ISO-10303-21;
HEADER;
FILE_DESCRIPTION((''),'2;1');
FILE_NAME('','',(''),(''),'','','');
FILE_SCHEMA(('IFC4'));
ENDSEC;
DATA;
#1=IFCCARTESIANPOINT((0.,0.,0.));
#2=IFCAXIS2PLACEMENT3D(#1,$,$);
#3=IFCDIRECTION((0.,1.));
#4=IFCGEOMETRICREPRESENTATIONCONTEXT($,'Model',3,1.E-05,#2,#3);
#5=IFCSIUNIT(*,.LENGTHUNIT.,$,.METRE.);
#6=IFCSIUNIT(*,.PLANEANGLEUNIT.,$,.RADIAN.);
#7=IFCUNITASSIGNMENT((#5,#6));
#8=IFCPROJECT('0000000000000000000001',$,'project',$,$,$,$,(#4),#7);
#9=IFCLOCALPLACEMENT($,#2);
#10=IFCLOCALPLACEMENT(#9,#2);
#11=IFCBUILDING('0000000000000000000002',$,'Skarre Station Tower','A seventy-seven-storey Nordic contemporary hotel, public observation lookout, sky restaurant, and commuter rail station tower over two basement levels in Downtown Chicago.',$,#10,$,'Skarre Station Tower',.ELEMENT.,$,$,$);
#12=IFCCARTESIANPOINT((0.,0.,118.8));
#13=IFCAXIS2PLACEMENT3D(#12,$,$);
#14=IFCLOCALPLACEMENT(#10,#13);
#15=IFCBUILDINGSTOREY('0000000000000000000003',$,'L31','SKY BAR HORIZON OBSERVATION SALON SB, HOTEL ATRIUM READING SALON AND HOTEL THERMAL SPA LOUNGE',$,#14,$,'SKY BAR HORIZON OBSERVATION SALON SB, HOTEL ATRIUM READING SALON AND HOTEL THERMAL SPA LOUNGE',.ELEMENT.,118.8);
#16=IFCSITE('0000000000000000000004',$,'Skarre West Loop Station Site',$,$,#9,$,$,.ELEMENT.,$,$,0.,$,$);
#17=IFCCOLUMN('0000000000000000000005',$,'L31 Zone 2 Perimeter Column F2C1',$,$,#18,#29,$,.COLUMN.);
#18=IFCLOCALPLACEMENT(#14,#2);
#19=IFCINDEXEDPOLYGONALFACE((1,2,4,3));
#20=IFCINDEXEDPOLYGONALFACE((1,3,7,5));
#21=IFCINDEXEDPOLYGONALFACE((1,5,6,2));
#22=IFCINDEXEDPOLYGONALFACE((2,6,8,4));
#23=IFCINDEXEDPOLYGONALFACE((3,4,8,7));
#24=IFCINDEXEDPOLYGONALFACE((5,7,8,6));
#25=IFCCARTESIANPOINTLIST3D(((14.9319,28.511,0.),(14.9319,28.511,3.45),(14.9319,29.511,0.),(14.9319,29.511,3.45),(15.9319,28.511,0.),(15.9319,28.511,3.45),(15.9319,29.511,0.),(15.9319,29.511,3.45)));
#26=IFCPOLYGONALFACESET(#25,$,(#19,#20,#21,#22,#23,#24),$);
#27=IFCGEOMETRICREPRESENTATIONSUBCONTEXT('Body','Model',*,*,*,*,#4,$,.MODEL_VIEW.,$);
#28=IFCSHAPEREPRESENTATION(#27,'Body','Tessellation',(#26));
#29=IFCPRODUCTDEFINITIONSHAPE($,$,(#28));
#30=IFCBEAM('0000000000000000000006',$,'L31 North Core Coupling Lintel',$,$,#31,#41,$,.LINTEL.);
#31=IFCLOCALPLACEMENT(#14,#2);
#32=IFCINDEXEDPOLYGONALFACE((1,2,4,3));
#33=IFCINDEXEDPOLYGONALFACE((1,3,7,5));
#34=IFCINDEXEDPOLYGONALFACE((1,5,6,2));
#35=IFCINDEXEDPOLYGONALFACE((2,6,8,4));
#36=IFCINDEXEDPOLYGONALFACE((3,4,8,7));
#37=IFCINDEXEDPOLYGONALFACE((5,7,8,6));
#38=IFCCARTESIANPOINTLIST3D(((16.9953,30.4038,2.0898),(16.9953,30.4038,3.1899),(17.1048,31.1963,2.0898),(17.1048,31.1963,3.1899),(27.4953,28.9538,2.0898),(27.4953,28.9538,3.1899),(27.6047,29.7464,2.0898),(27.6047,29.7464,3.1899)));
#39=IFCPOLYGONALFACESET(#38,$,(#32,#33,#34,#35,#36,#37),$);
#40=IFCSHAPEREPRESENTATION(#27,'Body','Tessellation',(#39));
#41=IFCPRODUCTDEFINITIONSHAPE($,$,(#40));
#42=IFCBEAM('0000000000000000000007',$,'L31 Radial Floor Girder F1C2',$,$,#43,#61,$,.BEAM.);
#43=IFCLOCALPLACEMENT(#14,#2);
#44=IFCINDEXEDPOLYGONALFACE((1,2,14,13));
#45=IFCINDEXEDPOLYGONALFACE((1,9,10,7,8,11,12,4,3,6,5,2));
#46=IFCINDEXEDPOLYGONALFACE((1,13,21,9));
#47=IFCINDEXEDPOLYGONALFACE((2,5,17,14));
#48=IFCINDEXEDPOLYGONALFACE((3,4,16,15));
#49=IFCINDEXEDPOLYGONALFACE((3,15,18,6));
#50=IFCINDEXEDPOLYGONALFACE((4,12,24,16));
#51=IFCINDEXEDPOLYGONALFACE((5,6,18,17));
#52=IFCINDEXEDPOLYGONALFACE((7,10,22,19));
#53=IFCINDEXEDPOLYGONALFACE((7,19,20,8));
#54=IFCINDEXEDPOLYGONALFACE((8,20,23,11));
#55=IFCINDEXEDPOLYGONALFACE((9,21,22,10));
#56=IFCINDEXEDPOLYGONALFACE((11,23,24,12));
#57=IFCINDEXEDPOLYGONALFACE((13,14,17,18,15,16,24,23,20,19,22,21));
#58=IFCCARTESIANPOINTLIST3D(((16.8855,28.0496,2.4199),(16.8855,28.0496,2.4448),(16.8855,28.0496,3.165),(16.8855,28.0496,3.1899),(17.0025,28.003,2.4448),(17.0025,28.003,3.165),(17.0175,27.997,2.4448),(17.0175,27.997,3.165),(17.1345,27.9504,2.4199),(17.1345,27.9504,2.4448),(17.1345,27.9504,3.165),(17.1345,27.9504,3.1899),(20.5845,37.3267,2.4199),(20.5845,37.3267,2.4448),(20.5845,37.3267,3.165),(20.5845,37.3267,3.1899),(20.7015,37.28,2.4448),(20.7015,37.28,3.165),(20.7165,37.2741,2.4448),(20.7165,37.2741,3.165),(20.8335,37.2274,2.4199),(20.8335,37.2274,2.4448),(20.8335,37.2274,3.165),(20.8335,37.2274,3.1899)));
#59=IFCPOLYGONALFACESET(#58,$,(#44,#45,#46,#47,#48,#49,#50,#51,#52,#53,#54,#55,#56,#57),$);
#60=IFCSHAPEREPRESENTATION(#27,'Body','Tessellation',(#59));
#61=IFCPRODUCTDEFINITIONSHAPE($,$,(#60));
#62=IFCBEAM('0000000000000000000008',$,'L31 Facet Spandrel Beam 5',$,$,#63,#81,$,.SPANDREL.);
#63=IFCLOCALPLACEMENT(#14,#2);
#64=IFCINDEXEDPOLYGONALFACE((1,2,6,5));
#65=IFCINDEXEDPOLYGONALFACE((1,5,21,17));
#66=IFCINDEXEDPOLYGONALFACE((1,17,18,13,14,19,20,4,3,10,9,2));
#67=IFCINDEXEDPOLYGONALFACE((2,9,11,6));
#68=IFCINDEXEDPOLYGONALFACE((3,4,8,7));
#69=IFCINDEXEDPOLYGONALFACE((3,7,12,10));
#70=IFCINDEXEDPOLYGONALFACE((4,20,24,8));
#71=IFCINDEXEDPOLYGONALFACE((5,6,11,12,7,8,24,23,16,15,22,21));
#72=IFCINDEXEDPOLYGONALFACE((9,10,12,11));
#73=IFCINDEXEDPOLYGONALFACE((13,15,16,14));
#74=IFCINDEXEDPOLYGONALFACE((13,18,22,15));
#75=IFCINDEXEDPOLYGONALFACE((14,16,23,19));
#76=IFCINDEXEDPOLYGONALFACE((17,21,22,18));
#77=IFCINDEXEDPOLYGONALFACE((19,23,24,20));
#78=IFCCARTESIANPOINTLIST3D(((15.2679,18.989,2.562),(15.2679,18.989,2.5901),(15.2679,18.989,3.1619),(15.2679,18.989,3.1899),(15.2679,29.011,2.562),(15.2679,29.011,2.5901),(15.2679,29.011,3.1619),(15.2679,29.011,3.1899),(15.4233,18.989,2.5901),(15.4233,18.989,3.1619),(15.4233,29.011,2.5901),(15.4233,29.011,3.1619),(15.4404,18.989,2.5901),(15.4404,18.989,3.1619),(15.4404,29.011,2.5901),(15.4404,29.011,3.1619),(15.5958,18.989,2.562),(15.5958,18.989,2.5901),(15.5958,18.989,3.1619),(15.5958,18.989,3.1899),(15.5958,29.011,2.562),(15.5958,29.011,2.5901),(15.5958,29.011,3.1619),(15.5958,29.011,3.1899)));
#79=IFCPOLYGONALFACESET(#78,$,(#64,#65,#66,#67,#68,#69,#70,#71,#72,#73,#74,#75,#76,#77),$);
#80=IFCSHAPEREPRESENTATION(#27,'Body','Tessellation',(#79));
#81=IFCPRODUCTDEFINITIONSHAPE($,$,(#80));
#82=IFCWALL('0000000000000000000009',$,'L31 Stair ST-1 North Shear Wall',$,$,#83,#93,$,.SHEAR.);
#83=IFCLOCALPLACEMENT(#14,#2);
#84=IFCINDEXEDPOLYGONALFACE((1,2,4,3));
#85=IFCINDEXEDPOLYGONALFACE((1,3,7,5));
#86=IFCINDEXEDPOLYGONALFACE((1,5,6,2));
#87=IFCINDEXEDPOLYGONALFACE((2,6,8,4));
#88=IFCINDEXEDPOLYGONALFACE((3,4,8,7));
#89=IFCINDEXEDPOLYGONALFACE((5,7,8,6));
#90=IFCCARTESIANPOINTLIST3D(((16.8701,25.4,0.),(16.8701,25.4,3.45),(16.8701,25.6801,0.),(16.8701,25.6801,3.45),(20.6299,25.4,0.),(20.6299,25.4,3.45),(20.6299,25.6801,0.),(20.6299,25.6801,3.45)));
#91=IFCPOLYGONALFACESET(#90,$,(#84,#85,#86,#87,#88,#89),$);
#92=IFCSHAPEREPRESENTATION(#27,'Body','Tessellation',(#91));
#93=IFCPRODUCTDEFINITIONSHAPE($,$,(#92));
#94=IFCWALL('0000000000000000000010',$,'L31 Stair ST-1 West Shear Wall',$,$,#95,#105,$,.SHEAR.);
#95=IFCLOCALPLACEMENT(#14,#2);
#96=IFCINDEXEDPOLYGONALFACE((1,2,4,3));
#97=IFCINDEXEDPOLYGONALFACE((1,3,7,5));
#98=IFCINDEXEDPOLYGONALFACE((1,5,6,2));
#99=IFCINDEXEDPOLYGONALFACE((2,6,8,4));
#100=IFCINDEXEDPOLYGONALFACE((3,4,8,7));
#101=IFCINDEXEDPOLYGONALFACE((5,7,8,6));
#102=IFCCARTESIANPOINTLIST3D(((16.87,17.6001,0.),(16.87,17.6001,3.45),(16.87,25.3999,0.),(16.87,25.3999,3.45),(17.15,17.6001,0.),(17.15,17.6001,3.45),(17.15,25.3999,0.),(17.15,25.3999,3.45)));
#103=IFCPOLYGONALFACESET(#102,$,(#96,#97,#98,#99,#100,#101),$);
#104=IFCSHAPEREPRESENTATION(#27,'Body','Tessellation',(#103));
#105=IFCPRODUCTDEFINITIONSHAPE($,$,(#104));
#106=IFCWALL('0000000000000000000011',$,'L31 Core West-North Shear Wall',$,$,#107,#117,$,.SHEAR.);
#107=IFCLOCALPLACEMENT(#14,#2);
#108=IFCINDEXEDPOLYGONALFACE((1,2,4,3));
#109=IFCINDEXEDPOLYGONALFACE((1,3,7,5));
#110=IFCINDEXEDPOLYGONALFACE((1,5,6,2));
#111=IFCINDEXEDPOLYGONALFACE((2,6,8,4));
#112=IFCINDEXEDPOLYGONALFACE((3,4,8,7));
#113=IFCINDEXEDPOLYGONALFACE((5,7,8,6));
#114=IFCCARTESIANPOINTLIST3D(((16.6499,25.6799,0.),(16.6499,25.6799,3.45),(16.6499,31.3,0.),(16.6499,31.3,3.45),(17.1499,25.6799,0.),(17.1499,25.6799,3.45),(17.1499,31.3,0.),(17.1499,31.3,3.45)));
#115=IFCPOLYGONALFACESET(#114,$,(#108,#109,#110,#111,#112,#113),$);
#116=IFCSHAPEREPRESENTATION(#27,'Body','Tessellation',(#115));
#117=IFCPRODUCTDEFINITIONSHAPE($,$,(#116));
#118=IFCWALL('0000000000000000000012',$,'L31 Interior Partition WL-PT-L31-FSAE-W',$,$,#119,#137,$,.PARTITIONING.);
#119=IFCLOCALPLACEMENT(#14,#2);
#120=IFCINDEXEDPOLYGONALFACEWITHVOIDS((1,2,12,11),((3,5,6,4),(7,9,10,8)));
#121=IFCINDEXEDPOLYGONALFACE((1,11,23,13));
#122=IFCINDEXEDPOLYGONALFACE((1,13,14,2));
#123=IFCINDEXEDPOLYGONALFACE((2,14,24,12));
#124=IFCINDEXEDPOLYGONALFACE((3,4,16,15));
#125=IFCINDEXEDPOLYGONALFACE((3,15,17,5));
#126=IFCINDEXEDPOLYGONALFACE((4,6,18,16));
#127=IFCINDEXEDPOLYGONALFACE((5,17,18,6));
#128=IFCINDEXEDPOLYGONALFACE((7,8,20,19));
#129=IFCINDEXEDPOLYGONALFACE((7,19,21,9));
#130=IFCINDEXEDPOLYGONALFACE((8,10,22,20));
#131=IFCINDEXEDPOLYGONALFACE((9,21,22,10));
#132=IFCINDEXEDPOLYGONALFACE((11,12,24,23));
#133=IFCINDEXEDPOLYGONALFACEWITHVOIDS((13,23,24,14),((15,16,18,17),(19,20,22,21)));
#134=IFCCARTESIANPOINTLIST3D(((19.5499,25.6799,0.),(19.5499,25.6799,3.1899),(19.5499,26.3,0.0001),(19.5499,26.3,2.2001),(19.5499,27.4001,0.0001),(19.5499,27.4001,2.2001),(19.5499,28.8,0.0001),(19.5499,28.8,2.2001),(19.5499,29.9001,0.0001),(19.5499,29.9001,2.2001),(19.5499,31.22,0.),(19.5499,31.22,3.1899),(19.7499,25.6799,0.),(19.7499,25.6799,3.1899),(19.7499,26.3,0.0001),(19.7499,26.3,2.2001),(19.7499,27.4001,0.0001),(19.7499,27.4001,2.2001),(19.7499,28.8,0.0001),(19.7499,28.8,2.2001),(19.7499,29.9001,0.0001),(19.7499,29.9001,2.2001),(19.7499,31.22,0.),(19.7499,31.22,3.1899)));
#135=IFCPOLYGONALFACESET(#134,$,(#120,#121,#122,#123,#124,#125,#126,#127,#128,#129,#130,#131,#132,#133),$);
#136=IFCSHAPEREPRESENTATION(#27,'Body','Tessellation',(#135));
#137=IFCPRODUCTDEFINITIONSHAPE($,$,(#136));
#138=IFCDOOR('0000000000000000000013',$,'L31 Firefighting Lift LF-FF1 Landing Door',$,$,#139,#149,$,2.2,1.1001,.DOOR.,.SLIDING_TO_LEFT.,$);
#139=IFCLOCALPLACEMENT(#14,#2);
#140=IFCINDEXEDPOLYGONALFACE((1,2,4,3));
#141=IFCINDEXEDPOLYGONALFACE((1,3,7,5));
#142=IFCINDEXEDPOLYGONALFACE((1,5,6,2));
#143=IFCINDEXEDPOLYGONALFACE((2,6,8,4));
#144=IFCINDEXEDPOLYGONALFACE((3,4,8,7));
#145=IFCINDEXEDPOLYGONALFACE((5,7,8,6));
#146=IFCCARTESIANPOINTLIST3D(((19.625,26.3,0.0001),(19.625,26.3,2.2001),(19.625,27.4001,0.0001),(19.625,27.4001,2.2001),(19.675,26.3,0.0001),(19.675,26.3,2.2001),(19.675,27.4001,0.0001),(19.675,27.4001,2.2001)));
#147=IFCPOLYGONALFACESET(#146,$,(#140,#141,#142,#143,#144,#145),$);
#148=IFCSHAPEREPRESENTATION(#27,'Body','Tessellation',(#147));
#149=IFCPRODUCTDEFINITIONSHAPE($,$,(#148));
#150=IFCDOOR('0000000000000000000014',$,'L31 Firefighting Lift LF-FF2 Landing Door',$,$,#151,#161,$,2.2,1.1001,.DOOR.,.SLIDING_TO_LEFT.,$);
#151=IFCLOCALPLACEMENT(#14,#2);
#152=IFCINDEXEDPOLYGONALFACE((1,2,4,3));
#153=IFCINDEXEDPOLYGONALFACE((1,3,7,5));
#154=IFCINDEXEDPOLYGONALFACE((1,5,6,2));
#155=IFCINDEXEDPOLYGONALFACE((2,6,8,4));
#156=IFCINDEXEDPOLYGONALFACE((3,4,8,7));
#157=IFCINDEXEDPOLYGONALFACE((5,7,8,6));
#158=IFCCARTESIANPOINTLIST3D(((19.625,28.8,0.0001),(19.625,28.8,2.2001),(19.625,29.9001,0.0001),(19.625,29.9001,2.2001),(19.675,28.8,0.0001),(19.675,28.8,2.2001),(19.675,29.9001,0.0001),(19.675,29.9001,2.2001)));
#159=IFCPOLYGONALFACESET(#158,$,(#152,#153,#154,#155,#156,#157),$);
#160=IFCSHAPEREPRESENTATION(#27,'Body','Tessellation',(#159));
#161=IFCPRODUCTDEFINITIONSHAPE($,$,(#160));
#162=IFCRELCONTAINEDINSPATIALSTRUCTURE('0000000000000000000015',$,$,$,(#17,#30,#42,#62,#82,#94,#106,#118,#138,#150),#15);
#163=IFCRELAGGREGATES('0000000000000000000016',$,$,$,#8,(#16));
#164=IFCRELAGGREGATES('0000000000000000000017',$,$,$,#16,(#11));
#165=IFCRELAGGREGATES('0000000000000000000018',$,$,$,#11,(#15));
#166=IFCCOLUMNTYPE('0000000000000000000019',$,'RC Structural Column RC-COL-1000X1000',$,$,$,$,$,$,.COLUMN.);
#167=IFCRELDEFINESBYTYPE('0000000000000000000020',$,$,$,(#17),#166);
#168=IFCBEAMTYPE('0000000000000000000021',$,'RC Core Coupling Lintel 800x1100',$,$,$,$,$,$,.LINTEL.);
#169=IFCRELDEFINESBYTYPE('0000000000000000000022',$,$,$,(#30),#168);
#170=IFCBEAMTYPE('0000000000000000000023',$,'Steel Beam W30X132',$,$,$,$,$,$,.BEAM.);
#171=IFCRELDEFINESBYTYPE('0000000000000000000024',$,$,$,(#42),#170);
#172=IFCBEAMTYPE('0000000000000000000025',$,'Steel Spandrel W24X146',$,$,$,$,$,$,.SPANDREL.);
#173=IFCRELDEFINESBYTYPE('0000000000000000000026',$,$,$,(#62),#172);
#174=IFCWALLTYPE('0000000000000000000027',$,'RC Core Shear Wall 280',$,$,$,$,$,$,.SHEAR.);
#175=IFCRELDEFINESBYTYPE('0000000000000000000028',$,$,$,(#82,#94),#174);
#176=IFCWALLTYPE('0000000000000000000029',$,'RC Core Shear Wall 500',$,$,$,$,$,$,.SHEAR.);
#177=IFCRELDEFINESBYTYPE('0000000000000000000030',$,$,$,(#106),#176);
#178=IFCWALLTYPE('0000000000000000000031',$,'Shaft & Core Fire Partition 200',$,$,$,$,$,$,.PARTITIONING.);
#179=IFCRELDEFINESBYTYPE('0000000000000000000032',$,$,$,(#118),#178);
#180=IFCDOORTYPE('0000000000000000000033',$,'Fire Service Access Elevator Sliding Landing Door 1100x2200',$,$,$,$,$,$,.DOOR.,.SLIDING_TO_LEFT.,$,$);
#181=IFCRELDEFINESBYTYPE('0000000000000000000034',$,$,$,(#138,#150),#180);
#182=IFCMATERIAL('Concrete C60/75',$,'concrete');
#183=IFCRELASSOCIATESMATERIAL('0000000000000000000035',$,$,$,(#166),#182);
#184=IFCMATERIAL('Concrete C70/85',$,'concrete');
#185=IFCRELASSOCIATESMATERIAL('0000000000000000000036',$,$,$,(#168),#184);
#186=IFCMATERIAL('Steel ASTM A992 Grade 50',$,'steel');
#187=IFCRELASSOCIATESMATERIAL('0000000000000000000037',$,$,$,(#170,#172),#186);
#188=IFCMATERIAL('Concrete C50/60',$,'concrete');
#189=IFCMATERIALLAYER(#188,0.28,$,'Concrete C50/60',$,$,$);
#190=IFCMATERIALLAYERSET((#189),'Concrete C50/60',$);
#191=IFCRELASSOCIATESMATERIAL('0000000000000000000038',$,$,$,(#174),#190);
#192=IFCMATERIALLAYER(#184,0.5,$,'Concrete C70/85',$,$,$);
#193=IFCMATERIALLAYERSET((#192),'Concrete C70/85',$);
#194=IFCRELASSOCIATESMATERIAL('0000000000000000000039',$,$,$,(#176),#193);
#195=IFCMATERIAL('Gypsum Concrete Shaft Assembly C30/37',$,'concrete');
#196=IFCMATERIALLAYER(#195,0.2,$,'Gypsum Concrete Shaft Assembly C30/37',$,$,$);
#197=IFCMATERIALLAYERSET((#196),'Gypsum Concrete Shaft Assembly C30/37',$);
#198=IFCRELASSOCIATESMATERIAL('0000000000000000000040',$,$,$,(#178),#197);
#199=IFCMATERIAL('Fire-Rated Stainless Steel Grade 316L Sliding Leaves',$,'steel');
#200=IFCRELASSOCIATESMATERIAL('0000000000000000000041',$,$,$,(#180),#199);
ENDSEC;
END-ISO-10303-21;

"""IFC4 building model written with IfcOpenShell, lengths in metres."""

from ifc_helpers import new_model, si_unit, direction, frame, frame_2d, origin, origin_2d, place, context, subcontext, project, spatial, rectangle, i_section, extrude, material, layer, layer_set, material_profile, profile_set, type_object, element, fill, save


model = new_model("IFC4")

# Units and contexts
model_context = context("Model", 3, precision=1e-05, world=origin(), true_north=direction((0.0, 1.0)))
body_context = subcontext(model_context, "Body", "Model", "MODEL_VIEW")
ifc_project = project(units=[si_unit("LENGTHUNIT", "METRE"), si_unit("PLANEANGLEUNIT", "RADIAN")], contexts=[model_context])

# Site, building, storey
site_placement = place(None, origin())
site = spatial("IfcSite", under=ifc_project, at=site_placement, Name="Skarre West Loop Station Site", CompositionType="ELEMENT", RefElevation=0.0)
building_placement = place(site_placement, origin())
building = spatial("IfcBuilding", under=site, at=building_placement, Name="Skarre Station Tower", Description="A seventy-seven-storey Nordic contemporary hotel, public observation lookout, sky restaurant, and commuter rail station tower over two basement levels in Downtown Chicago.", LongName="Skarre Station Tower", CompositionType="ELEMENT")
storey_placement = place(building_placement, frame((0.0, 0.0, 118.8)))
storey = spatial("IfcBuildingStorey", under=building, at=storey_placement, Name="L31", Description="SKY BAR HORIZON OBSERVATION SALON SB, HOTEL ATRIUM READING SALON AND HOTEL THERMAL SPA LOUNGE", LongName="SKY BAR HORIZON OBSERVATION SALON SB, HOTEL ATRIUM READING SALON AND HOTEL THERMAL SPA LOUNGE", CompositionType="ELEMENT", Elevation=118.8)

# Column
ifc_material_1 = material(Name="Concrete C60/75", Category="concrete")
ifc_material_profile_1 = material_profile(ifc_material_1, rectangle(XDim=1.0, YDim=1.0, at=origin_2d()), Name="Concrete C60/75")
ifc_profile_set_1 = profile_set([ifc_material_profile_1], Name="Concrete C60/75")
column_type = type_object("IfcColumnType", Name="RC Structural Column RC-COL-1000X1000", PredefinedType="COLUMN", material=ifc_profile_set_1)
column_placement = place(storey_placement, frame((15.4319, 29.011, 0.0), z_axis=(0.0, 0.0, 1.0), x_axis=(1.0, 0.0, 0.0)))
element("IfcColumn", 1, at=column_placement, inside=storey, type_object=column_type, Name="L31 Zone 2 Perimeter Column F2C1", PredefinedType="COLUMN", context=body_context, shape_type="SweptSolid", body=[
    extrude(rectangle(XDim=1.0, YDim=1.0, at=origin_2d()), origin(), (0.0, 0.0, 1.0), 3.45),
])

# Beams
ifc_material_2 = material(Name="Concrete C70/85", Category="concrete")
ifc_material_profile_2 = material_profile(ifc_material_2, rectangle(XDim=0.8, YDim=1.1001, at=origin_2d()), Name="Concrete C70/85")
ifc_profile_set_2 = profile_set([ifc_material_profile_2], Name="Concrete C70/85")
beam_type_1 = type_object("IfcBeamType", Name="RC Core Coupling Lintel 800x1100", PredefinedType="LINTEL", material=ifc_profile_set_2)
beam_1_placement = place(storey_placement, frame((17.05, 30.8, 2.6399), z_axis=(0.9906, -0.136792, 0.0), x_axis=(0.136792, 0.9906, 0.0)))
element("IfcBeam", 2, at=beam_1_placement, inside=storey, type_object=beam_type_1, Name="L31 North Core Coupling Lintel", PredefinedType="LINTEL", context=body_context, shape_type="SweptSolid", body=[
    extrude(rectangle(XDim=0.8, YDim=1.1001, at=origin_2d()), origin(), (0.0, 0.0, 1.0), 10.5996),
])
ifc_material_3 = material(Name="Steel ASTM A992 Grade 50", Category="steel")
ifc_material_profile_3 = material_profile(ifc_material_3, i_section(OverallWidth=0.2681, OverallDepth=0.77, WebThickness=0.0161, FlangeThickness=0.0249, at=origin_2d()), Name="Steel ASTM A992 Grade 50")
ifc_profile_set_3 = profile_set([ifc_material_profile_3], Name="Steel ASTM A992 Grade 50")
beam_type_2 = type_object("IfcBeamType", Name="Steel Beam W30X132", PredefinedType="BEAM", material=ifc_profile_set_3)
beam_2_placement = place(storey_placement, frame((17.01, 28.0, 2.8049), z_axis=(0.370366, 0.928886, 0.0), x_axis=(-0.928886, 0.370366, 0.0)))
element("IfcBeam", 3, at=beam_2_placement, inside=storey, type_object=beam_type_2, Name="L31 Radial Floor Girder F1C2", PredefinedType="BEAM", context=body_context, shape_type="SweptSolid", body=[
    extrude(i_section(OverallWidth=0.2681, OverallDepth=0.77, WebThickness=0.0161, FlangeThickness=0.0249, at=origin_2d()), origin(), (0.0, 0.0, 1.0), 9.9873),
])
ifc_material_profile_4 = material_profile(ifc_material_3, i_section(OverallWidth=0.3279, OverallDepth=0.6279, WebThickness=0.0171, FlangeThickness=0.0281, at=origin_2d()), Name="Steel ASTM A992 Grade 50")
ifc_profile_set_4 = profile_set([ifc_material_profile_4], Name="Steel ASTM A992 Grade 50")
beam_type_3 = type_object("IfcBeamType", Name="Steel Spandrel W24X146", PredefinedType="SPANDREL", material=ifc_profile_set_4)
beam_3_placement = place(storey_placement, frame((15.4319, 29.011, 2.876), z_axis=(0.0, -1.0, 0.0), x_axis=(1.0, 0.0, 0.0)))
element("IfcBeam", 4, at=beam_3_placement, inside=storey, type_object=beam_type_3, Name="L31 Facet Spandrel Beam 5", PredefinedType="SPANDREL", context=body_context, shape_type="SweptSolid", body=[
    extrude(i_section(OverallWidth=0.3279, OverallDepth=0.6279, WebThickness=0.0171, FlangeThickness=0.0281, at=origin_2d()), origin(), (0.0, 0.0, 1.0), 10.022),
])

# Walls
ifc_material_4 = material(Name="Concrete C50/60", Category="concrete")
ifc_layer_1 = layer(ifc_material_4, 0.28, Name="Concrete C50/60")
ifc_layer_set_1 = layer_set([ifc_layer_1], Name="Concrete C50/60")
wall_type_1 = type_object("IfcWallType", Name="RC Core Shear Wall 280", PredefinedType="SHEAR", material=ifc_layer_set_1)
wall_1_placement = place(storey_placement, frame((20.6299, 25.54, 0.0), z_axis=(0.0, 0.0, 1.0), x_axis=(-1.0, 0.0, 0.0)))
element("IfcWall", 5, at=wall_1_placement, inside=storey, type_object=wall_type_1, Name="L31 Stair ST-1 North Shear Wall", PredefinedType="SHEAR", context=body_context, shape_type="SweptSolid", body=[
    extrude(rectangle(XDim=3.7598, YDim=0.28, at=frame_2d((1.8799, 0.0))), origin(), (0.0, 0.0, 1.0), 3.45),
])
wall_2_placement = place(storey_placement, frame((17.01, 25.3999, 0.0), z_axis=(0.0, 0.0, 1.0), x_axis=(0.0, -1.0, 0.0)))
element("IfcWall", 6, at=wall_2_placement, inside=storey, type_object=wall_type_1, Name="L31 Stair ST-1 West Shear Wall", PredefinedType="SHEAR", context=body_context, shape_type="SweptSolid", body=[
    extrude(rectangle(XDim=7.7998, YDim=0.28, at=frame_2d((3.8999, 0.0))), origin(), (0.0, 0.0, 1.0), 3.45),
])
ifc_layer_2 = layer(ifc_material_2, 0.5, Name="Concrete C70/85")
ifc_layer_set_2 = layer_set([ifc_layer_2], Name="Concrete C70/85")
wall_type_2 = type_object("IfcWallType", Name="RC Core Shear Wall 500", PredefinedType="SHEAR", material=ifc_layer_set_2)
wall_3_placement = place(storey_placement, frame((16.8999, 25.6799, 0.0), z_axis=(0.0, 0.0, 1.0), x_axis=(0.0, 1.0, 0.0)))
element("IfcWall", 7, at=wall_3_placement, inside=storey, type_object=wall_type_2, Name="L31 Core West-North Shear Wall", PredefinedType="SHEAR", context=body_context, shape_type="SweptSolid", body=[
    extrude(rectangle(XDim=5.6201, YDim=0.5, at=frame_2d((2.8101, 0.0))), origin(), (0.0, 0.0, 1.0), 3.45),
])

# Wall, openings, doors
ifc_material_5 = material(Name="Gypsum Concrete Shaft Assembly C30/37", Category="concrete")
ifc_layer_3 = layer(ifc_material_5, 0.2, Name="Gypsum Concrete Shaft Assembly C30/37")
ifc_layer_set_3 = layer_set([ifc_layer_3], Name="Gypsum Concrete Shaft Assembly C30/37")
wall_type_3 = type_object("IfcWallType", Name="Shaft & Core Fire Partition 200", PredefinedType="PARTITIONING", material=ifc_layer_set_3)
wall_4_placement = place(storey_placement, frame((19.6499, 25.6799, 0.0), z_axis=(0.0, 0.0, 1.0), x_axis=(0.0, 1.0, 0.0)))
wall_4 = element("IfcWall", 8, at=wall_4_placement, inside=storey, type_object=wall_type_3, Name="L31 Interior Partition WL-PT-L31-FSAE-W", PredefinedType="PARTITIONING", context=body_context, shape_type="SweptSolid", body=[
    extrude(rectangle(XDim=5.54, YDim=0.2, at=frame_2d((2.77, 0.0))), origin(), (0.0, 0.0, 1.0), 3.1899),
])
opening_1_placement = place(wall_4_placement, frame((0.6201, 0.0, 0.0)))
opening_1 = element("IfcOpeningElement", 9, at=opening_1_placement, cuts=wall_4, PredefinedType="OPENING", context=body_context, shape_type="SweptSolid", body=[
    extrude(rectangle(XDim=1.1001, YDim=2.2, at=frame_2d((0.55, 1.1001))), frame((0.0, 0.1099, 0.0), z_axis=(0.0, -1.0, 0.0), x_axis=(1.0, 0.0, 0.0)), (0.0, 0.0, 1.0), 0.22),
])
opening_2_placement = place(wall_4_placement, frame((3.1201, 0.0, 0.0)))
opening_2 = element("IfcOpeningElement", 10, at=opening_2_placement, cuts=wall_4, PredefinedType="OPENING", context=body_context, shape_type="SweptSolid", body=[
    extrude(rectangle(XDim=1.1001, YDim=2.2, at=frame_2d((0.55, 1.1001))), frame((0.0, 0.1099, 0.0), z_axis=(0.0, -1.0, 0.0), x_axis=(1.0, 0.0, 0.0)), (0.0, 0.0, 1.0), 0.22),
])
ifc_material_6 = material(Name="Fire-Rated Stainless Steel Grade 316L Sliding Leaves", Category="steel")
door_type_1 = type_object("IfcDoorType", Name="Fire Service Access Elevator Sliding Landing Door 1100x2200", OperationType="SLIDING_TO_LEFT", PredefinedType="DOOR", material=ifc_material_6)
door_1_placement = place(opening_1_placement, origin())
door_1 = element("IfcDoor", 11, at=door_1_placement, inside=storey, type_object=door_type_1, Name="L31 Firefighting Lift LF-FF1 Landing Door", OperationType="SLIDING_TO_LEFT", OverallHeight=2.2, OverallWidth=1.1001, PredefinedType="DOOR", context=body_context, shape_type="SweptSolid", body=[
    extrude(rectangle(XDim=1.1001, YDim=2.2, at=frame_2d((0.55, 1.1001))), frame((0.0, 0.0249, 0.0), z_axis=(0.0, -1.0, 0.0), x_axis=(1.0, 0.0, 0.0)), (0.0, 0.0, 1.0), 0.05),
])
fill(opening_1, door_1)
door_2_placement = place(opening_2_placement, origin())
door_2 = element("IfcDoor", 12, at=door_2_placement, inside=storey, type_object=door_type_1, Name="L31 Firefighting Lift LF-FF2 Landing Door", OperationType="SLIDING_TO_LEFT", OverallHeight=2.2, OverallWidth=1.1001, PredefinedType="DOOR", context=body_context, shape_type="SweptSolid", body=[
    extrude(rectangle(XDim=1.1001, YDim=2.2, at=frame_2d((0.55, 1.1001))), frame((0.0, 0.0249, 0.0), z_axis=(0.0, -1.0, 0.0), x_axis=(1.0, 0.0, 0.0)), (0.0, 0.0, 1.0), 0.05),
])
fill(opening_2, door_2)

save(model, "model.ifc")
